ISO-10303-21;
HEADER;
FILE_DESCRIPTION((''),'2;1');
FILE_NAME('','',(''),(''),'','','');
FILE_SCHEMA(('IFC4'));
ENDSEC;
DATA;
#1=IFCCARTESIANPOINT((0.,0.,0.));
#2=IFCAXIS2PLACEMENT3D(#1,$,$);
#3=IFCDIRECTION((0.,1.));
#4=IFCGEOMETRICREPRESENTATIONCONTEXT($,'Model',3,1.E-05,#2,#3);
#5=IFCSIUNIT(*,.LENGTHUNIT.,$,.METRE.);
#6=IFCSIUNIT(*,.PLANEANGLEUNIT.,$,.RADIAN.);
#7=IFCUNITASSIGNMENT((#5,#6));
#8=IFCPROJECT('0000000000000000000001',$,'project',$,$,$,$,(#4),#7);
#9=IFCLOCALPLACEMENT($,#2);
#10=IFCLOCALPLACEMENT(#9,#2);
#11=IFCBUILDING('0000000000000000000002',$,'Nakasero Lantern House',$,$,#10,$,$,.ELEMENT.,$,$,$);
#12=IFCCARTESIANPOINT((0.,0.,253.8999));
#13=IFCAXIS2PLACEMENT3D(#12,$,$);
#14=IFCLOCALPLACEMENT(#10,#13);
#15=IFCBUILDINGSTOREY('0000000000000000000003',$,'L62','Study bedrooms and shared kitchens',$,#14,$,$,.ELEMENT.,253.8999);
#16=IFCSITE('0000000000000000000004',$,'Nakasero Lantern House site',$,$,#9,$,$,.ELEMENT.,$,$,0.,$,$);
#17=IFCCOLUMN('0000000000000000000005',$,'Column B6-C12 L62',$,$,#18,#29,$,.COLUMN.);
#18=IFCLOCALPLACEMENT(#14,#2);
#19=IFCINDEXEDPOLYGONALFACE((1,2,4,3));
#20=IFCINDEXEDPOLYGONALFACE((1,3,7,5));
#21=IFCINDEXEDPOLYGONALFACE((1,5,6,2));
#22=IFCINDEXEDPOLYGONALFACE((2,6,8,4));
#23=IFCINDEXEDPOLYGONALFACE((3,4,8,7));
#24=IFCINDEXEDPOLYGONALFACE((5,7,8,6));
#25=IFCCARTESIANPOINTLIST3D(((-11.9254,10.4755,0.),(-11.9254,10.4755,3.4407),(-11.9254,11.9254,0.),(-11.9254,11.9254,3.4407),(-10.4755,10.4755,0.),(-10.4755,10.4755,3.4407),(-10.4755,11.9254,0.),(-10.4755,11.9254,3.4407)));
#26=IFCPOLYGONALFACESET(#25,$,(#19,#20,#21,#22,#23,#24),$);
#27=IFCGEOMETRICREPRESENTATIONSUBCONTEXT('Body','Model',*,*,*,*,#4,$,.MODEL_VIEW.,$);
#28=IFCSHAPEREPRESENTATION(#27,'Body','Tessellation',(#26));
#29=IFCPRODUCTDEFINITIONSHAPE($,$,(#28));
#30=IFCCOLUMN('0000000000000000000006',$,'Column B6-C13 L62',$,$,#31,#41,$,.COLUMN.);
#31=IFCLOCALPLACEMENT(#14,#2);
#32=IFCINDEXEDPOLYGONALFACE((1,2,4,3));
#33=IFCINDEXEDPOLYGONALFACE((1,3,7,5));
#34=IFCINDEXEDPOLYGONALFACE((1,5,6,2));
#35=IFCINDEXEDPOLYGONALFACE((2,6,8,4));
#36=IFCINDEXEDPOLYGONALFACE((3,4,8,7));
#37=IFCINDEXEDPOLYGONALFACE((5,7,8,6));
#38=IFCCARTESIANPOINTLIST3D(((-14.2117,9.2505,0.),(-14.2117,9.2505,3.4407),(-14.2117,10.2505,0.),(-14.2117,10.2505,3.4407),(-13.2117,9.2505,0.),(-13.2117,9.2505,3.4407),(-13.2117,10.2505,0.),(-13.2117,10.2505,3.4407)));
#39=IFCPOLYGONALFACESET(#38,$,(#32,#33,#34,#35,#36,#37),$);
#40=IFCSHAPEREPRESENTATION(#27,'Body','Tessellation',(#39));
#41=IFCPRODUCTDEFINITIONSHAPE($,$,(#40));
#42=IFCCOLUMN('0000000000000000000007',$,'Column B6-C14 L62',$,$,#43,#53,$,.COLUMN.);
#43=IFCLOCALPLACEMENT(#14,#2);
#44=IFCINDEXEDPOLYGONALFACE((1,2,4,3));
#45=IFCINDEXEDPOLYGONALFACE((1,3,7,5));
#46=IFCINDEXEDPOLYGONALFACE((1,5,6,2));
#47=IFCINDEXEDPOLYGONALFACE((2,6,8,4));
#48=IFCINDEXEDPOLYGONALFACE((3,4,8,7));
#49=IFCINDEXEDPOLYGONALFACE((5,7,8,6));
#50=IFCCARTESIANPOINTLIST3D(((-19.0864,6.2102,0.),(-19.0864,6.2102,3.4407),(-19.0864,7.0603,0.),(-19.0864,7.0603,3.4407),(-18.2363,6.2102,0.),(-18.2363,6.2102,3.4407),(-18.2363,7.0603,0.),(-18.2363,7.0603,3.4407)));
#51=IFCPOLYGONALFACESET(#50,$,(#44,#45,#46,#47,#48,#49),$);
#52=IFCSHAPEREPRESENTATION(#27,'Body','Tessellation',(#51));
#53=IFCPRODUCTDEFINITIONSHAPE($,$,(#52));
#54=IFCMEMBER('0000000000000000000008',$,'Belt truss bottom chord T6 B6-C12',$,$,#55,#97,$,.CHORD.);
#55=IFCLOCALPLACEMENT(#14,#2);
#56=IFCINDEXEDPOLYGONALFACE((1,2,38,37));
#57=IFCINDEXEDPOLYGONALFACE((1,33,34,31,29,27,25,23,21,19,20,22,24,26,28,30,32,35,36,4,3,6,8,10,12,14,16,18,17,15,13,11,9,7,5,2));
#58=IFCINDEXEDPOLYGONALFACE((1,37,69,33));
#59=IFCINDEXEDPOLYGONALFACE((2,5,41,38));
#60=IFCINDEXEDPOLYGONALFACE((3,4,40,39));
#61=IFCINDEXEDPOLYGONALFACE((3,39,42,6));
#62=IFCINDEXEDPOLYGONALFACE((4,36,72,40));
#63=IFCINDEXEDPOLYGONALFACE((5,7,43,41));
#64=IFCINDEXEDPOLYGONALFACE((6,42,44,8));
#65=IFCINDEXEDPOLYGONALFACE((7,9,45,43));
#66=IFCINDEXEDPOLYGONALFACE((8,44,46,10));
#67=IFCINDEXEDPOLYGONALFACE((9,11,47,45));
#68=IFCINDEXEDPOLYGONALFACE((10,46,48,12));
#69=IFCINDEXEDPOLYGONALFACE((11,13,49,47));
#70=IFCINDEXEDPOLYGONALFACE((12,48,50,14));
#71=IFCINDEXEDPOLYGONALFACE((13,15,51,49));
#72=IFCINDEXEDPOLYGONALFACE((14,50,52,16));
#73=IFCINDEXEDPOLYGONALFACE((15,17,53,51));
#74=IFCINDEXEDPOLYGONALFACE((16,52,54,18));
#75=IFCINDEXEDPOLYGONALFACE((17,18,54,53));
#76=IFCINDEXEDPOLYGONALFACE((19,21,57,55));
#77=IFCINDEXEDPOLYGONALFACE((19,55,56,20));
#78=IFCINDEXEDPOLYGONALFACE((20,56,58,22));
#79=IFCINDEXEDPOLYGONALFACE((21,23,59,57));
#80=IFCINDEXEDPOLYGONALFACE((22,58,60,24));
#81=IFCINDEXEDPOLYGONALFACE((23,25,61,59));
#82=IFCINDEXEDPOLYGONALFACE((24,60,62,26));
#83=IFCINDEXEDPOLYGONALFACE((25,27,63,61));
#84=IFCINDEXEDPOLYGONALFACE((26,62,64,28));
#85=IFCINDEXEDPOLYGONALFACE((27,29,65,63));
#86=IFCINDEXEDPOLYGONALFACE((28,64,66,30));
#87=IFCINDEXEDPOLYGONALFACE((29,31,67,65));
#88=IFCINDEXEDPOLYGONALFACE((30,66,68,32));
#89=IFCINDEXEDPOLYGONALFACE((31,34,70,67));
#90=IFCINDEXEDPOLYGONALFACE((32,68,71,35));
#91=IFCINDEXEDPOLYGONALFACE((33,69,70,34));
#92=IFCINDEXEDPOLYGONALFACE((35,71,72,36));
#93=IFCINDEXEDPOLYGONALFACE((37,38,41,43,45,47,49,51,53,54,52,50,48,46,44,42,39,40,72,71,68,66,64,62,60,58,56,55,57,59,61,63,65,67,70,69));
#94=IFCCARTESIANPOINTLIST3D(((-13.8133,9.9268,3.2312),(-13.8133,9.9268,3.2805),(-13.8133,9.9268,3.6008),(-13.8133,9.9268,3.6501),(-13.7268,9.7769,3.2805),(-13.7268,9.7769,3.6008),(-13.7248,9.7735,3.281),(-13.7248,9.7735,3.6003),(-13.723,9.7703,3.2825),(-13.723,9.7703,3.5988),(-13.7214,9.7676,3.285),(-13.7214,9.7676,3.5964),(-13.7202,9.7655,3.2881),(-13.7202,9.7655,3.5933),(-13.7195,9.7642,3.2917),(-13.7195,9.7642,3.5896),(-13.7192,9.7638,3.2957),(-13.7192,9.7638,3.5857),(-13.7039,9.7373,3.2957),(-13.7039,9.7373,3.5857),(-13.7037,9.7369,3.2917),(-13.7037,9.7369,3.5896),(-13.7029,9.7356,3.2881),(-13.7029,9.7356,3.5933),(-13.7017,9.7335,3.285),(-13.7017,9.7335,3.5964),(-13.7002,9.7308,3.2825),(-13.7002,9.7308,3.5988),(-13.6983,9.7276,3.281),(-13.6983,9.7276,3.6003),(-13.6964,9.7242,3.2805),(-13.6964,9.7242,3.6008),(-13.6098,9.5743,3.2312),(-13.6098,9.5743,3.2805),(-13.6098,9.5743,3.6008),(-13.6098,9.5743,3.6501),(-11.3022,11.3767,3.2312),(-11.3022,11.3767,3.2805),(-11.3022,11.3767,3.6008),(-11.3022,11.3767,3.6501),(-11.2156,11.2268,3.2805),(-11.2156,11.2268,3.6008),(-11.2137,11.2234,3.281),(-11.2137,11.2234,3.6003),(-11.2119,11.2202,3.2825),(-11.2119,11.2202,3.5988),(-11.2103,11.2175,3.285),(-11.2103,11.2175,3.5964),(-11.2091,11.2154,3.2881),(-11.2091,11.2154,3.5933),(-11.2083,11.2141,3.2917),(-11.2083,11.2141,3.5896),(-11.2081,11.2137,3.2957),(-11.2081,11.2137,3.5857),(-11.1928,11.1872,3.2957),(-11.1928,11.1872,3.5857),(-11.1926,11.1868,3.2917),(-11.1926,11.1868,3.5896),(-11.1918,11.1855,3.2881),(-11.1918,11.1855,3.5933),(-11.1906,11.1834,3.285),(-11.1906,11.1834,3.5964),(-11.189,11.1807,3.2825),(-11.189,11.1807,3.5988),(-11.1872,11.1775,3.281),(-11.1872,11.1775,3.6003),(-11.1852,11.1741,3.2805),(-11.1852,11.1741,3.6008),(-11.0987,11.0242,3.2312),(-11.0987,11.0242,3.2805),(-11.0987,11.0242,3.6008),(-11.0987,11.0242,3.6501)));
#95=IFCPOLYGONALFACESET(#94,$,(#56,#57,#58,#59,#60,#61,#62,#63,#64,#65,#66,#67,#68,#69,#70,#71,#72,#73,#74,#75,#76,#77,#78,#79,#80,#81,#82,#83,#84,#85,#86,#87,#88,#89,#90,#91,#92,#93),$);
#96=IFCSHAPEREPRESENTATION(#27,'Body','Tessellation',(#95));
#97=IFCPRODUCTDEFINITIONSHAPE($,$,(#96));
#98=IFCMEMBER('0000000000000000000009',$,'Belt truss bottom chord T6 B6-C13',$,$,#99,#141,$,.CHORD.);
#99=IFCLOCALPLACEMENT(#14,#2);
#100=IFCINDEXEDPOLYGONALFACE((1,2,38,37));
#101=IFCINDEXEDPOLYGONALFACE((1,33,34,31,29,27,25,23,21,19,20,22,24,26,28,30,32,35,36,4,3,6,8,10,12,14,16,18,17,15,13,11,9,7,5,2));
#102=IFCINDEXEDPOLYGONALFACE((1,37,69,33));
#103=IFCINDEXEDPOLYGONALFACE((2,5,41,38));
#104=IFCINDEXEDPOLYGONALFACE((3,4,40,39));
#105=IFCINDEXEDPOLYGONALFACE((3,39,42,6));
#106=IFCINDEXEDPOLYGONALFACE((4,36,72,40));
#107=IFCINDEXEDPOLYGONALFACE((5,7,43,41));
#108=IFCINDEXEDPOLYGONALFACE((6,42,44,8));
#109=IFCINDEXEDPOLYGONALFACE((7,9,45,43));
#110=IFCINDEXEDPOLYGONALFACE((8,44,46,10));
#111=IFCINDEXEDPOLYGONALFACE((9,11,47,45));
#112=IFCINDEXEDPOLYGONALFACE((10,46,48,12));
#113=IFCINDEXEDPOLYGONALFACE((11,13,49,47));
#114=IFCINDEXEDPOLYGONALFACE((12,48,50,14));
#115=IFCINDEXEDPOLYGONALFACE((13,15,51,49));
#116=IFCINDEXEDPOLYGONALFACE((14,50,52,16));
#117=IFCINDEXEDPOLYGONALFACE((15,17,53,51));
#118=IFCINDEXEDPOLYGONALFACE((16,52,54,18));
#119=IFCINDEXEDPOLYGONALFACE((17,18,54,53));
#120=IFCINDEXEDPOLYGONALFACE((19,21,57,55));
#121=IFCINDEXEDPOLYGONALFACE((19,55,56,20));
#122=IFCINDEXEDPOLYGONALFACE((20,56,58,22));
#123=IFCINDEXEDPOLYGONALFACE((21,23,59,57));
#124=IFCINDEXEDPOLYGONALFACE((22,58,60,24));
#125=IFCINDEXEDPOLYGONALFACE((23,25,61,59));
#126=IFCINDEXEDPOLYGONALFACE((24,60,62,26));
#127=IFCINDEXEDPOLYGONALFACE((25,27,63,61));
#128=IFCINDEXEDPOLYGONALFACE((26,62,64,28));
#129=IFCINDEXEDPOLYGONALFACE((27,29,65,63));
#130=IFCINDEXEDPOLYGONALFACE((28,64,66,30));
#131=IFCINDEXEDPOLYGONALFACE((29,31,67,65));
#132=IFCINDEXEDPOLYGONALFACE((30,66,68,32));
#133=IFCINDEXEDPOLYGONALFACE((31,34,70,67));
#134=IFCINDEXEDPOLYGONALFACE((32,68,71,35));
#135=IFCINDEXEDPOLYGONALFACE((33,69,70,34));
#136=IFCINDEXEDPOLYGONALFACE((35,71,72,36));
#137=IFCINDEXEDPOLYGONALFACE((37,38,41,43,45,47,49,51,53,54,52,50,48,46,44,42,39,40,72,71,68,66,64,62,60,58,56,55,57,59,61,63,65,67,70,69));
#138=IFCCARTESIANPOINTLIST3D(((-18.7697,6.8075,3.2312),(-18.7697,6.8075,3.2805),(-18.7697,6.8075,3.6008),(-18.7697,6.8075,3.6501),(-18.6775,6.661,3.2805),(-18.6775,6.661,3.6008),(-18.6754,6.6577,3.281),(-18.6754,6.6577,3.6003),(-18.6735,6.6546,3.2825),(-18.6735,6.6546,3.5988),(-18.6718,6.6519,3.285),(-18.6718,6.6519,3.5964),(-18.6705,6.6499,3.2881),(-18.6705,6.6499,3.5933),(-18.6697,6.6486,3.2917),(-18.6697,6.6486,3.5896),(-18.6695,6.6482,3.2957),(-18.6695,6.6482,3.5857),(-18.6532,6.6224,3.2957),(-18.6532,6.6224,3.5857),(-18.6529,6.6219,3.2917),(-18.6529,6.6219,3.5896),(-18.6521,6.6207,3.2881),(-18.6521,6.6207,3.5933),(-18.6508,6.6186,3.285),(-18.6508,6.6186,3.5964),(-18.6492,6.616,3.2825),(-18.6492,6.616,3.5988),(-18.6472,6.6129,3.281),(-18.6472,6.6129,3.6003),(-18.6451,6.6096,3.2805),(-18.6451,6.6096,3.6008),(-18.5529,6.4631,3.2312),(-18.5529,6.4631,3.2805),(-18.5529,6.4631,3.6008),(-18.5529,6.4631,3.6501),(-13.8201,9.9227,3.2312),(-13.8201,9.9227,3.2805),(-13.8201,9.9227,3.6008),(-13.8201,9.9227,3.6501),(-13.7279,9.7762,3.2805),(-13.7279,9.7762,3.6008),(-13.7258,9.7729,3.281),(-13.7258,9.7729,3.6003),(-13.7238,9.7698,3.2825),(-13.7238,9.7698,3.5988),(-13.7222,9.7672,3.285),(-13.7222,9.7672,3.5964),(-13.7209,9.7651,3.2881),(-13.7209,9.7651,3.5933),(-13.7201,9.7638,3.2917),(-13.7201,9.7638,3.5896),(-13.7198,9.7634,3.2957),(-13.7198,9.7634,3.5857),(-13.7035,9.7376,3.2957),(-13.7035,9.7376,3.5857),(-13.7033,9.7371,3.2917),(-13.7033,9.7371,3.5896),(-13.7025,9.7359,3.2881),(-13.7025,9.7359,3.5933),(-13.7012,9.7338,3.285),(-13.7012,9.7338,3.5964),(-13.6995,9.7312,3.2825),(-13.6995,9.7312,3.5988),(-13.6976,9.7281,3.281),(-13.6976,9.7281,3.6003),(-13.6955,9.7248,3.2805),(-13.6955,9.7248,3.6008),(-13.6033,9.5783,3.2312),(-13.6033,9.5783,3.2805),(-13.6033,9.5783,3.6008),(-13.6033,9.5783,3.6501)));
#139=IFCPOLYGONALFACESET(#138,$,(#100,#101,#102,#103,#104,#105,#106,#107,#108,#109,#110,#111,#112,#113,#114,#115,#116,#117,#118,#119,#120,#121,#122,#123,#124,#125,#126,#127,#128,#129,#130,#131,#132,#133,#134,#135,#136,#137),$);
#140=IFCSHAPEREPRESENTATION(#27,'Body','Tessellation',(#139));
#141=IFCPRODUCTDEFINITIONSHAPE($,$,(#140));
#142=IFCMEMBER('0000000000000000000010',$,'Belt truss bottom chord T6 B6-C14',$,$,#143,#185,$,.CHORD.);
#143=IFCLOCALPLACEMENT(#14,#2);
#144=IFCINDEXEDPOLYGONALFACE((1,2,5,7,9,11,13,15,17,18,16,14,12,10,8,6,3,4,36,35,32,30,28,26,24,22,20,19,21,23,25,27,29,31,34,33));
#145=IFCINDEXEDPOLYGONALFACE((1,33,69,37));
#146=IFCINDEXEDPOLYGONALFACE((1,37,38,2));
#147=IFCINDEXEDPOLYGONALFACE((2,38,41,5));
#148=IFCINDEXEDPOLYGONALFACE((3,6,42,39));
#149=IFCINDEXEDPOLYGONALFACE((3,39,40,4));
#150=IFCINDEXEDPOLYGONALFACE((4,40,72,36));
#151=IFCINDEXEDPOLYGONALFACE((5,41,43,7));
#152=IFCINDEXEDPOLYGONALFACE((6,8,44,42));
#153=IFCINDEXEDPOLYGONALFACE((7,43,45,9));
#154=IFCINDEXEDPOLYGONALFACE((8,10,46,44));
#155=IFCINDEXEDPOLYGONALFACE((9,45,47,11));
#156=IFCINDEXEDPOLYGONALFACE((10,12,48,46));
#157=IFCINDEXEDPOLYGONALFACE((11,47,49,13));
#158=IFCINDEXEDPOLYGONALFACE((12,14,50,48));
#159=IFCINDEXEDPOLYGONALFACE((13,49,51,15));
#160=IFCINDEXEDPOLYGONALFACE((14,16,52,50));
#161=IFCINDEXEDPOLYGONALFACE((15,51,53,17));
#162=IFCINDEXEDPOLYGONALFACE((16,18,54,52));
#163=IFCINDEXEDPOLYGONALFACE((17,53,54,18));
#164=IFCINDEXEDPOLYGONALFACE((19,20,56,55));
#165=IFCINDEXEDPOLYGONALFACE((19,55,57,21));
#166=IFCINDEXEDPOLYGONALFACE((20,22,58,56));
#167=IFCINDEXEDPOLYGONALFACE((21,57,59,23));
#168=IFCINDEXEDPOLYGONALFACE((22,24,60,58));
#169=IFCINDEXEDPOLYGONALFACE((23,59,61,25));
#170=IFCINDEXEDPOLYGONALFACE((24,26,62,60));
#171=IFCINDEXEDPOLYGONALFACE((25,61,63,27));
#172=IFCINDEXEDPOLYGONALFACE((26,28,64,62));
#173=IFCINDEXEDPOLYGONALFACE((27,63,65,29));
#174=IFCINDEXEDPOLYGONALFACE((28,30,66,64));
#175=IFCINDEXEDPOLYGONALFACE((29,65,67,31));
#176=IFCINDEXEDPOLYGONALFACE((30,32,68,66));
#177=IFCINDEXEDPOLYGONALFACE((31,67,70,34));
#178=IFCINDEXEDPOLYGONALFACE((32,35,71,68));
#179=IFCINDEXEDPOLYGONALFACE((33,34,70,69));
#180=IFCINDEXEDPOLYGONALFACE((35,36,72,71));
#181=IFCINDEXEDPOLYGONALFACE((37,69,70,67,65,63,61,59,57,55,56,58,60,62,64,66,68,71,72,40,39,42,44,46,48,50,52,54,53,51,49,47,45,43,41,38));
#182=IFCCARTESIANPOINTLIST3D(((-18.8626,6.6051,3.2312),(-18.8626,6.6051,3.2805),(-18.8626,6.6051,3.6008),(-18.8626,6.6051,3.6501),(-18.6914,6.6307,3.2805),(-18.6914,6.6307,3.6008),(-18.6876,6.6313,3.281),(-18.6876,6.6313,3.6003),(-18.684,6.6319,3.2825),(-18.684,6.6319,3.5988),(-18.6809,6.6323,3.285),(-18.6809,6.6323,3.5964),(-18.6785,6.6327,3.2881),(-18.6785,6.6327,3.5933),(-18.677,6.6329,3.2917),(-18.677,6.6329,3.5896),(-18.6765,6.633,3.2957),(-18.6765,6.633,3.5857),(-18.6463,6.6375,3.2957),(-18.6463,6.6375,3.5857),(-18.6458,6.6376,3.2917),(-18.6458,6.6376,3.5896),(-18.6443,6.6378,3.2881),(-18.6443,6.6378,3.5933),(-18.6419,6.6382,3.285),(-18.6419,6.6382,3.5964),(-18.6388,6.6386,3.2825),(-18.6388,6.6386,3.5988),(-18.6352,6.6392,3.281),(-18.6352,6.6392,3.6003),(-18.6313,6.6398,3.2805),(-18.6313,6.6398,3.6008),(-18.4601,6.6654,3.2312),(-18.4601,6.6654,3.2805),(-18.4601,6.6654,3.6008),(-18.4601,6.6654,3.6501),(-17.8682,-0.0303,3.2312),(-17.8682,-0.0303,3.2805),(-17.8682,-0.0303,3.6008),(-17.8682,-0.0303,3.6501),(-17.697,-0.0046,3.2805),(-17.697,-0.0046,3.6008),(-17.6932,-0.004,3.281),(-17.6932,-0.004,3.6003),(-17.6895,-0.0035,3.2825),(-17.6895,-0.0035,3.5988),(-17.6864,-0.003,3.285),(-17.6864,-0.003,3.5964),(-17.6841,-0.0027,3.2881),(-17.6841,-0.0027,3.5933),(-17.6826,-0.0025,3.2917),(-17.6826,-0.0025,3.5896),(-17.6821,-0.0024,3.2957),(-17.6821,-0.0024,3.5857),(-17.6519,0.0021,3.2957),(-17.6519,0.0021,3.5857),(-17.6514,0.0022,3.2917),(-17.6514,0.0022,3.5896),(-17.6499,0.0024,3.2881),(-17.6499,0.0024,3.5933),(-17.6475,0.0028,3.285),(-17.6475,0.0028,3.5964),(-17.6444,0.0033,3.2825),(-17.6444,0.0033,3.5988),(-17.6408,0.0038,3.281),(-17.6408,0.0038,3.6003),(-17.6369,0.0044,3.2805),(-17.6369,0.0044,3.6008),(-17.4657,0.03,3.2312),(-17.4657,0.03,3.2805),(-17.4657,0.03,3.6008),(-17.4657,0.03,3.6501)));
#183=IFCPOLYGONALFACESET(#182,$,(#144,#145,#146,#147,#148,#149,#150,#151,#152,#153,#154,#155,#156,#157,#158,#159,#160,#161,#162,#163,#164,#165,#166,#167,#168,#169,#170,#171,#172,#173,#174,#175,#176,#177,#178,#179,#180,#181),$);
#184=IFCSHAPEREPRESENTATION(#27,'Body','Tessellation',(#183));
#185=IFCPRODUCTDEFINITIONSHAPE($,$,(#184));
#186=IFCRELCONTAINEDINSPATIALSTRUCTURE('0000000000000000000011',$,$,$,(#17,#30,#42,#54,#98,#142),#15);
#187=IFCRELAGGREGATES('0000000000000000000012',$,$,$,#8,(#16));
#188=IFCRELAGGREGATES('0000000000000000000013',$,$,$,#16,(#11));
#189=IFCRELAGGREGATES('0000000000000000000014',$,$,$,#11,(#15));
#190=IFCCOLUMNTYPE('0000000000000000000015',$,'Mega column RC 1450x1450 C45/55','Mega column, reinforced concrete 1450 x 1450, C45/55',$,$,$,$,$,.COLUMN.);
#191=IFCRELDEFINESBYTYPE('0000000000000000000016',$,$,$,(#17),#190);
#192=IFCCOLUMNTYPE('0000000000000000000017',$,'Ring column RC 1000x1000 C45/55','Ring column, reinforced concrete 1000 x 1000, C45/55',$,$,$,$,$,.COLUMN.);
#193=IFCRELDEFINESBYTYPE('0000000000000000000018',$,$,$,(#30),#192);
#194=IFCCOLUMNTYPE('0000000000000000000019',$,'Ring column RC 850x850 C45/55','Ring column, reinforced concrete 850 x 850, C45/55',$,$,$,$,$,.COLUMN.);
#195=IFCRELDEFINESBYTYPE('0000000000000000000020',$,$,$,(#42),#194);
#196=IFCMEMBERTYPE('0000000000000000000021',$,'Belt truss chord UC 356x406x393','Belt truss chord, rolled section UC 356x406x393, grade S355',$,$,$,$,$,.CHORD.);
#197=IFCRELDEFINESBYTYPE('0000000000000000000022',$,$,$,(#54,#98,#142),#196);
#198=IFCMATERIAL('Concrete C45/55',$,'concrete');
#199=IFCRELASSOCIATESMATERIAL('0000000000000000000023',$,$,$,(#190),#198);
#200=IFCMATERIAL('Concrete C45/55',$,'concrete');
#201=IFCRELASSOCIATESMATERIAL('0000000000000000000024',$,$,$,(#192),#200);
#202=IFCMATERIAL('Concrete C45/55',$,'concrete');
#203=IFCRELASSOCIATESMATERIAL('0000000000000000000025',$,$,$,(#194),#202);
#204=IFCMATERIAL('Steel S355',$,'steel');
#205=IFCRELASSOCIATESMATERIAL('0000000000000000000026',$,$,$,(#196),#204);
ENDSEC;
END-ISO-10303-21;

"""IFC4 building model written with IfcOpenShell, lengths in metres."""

from ifc_helpers import new_model, si_unit, direction, frame, origin, origin_2d, place, context, subcontext, project, spatial, rectangle, i_section, extrude, material, material_profile, profile_set, type_object, element, save


model = new_model("IFC4")

# Units and contexts
model_context = context("Model", 3, precision=1e-05, world=origin(), true_north=direction((0.0, 1.0)))
body_context = subcontext(model_context, "Body", "Model", "MODEL_VIEW")
ifc_project = project(units=[si_unit("LENGTHUNIT", "METRE"), si_unit("PLANEANGLEUNIT", "RADIAN")], contexts=[model_context])

# Site, building, storey
site_placement = place(None, origin())
site = spatial("IfcSite", under=ifc_project, at=site_placement, Name="Nakasero Lantern House site", CompositionType="ELEMENT", RefElevation=0.0)
building_placement = place(site_placement, origin())
building = spatial("IfcBuilding", under=site, at=building_placement, Name="Nakasero Lantern House", CompositionType="ELEMENT")
storey_placement = place(building_placement, frame((0.0, 0.0, 253.8999)))
storey = spatial("IfcBuildingStorey", under=building, at=storey_placement, Name="L62", Description="Study bedrooms and shared kitchens", CompositionType="ELEMENT", Elevation=253.8999)

# Columns
ifc_material_1 = material(Name="Concrete C45/55", Category="concrete")
ifc_material_profile_1 = material_profile(ifc_material_1, rectangle(XDim=1.45, YDim=1.45, at=origin_2d()), Name="RC 1450x1450")
ifc_profile_set_1 = profile_set([ifc_material_profile_1], Name="Concrete C45/55")
column_type_1 = type_object("IfcColumnType", Name="Mega column RC 1450x1450 C45/55", Description="Mega column, reinforced concrete 1450 x 1450, C45/55", PredefinedType="COLUMN", material=ifc_profile_set_1)
column_1_placement = place(storey_placement, frame((-11.2004, 11.2004, 0.0), z_axis=(0.0, 0.0, 1.0), x_axis=(1.0, 0.0, 0.0)))
element("IfcColumn", 1, at=column_1_placement, inside=storey, type_object=column_type_1, Name="Column B6-C12 L62", PredefinedType="COLUMN", context=body_context, shape_type="SweptSolid", body=[
    extrude(rectangle(XDim=1.45, YDim=1.45, at=origin_2d()), origin(), (0.0, 0.0, 1.0), 3.4407),
])
ifc_material_2 = material(Name="Concrete C45/55", Category="concrete")
ifc_material_profile_2 = material_profile(ifc_material_2, rectangle(XDim=1.0, YDim=1.0, at=origin_2d()), Name="RC 1000x1000")
ifc_profile_set_2 = profile_set([ifc_material_profile_2], Name="Concrete C45/55")
column_type_2 = type_object("IfcColumnType", Name="Ring column RC 1000x1000 C45/55", Description="Ring column, reinforced concrete 1000 x 1000, C45/55", PredefinedType="COLUMN", material=ifc_profile_set_2)
column_2_placement = place(storey_placement, frame((-13.7117, 9.7505, 0.0), z_axis=(0.0, 0.0, 1.0), x_axis=(1.0, 0.0, 0.0)))
element("IfcColumn", 2, at=column_2_placement, inside=storey, type_object=column_type_2, Name="Column B6-C13 L62", PredefinedType="COLUMN", context=body_context, shape_type="SweptSolid", body=[
    extrude(rectangle(XDim=1.0, YDim=1.0, at=origin_2d()), origin(), (0.0, 0.0, 1.0), 3.4407),
])
ifc_material_3 = material(Name="Concrete C45/55", Category="concrete")
ifc_material_profile_3 = material_profile(ifc_material_3, rectangle(XDim=0.8501, YDim=0.8501, at=origin_2d()), Name="RC 850x850")
ifc_profile_set_3 = profile_set([ifc_material_profile_3], Name="Concrete C45/55")
column_type_3 = type_object("IfcColumnType", Name="Ring column RC 850x850 C45/55", Description="Ring column, reinforced concrete 850 x 850, C45/55", PredefinedType="COLUMN", material=ifc_profile_set_3)
column_3_placement = place(storey_placement, frame((-18.6614, 6.6353, 0.0), z_axis=(0.0, 0.0, 1.0), x_axis=(1.0, 0.0, 0.0)))
element("IfcColumn", 3, at=column_3_placement, inside=storey, type_object=column_type_3, Name="Column B6-C14 L62", PredefinedType="COLUMN", context=body_context, shape_type="SweptSolid", body=[
    extrude(rectangle(XDim=0.8501, YDim=0.8501, at=origin_2d()), origin(), (0.0, 0.0, 1.0), 3.4407),
])

# Members
ifc_material_4 = material(Name="Steel S355", Category="steel")
ifc_material_profile_4 = material_profile(ifc_material_4, i_section(OverallWidth=0.407, OverallDepth=0.4189, WebThickness=0.0305, FlangeThickness=0.0493, FilletRadius=0.0151, at=origin_2d()), Name="UC 356x406x393")
ifc_profile_set_4 = profile_set([ifc_material_profile_4], Name="Steel S355")
member_type = type_object("IfcMemberType", Name="Belt truss chord UC 356x406x393", Description="Belt truss chord, rolled section UC 356x406x393, grade S355", PredefinedType="CHORD", material=ifc_profile_set_4)
member_1_placement = place(storey_placement, frame((-11.2004, 11.2004, 3.4407), z_axis=(-0.866012, -0.500024, 0.0), x_axis=(0.500024, -0.866012, 0.0)))
element("IfcMember", 4, at=member_1_placement, inside=storey, type_object=member_type, Name="Belt truss bottom chord T6 B6-C12", PredefinedType="CHORD", context=body_context, shape_type="SweptSolid", body=[
    extrude(i_section(OverallWidth=0.407, OverallDepth=0.4189, WebThickness=0.0305, FlangeThickness=0.0493, FilletRadius=0.0151, at=origin_2d()), origin(), (0.0, 0.0, 1.0), 2.8997),
])
member_2_placement = place(storey_placement, frame((-13.7117, 9.7505, 3.4407), z_axis=(-0.846329, -0.53266, 0.0), x_axis=(0.53266, -0.846329, 0.0)))
element("IfcMember", 5, at=member_2_placement, inside=storey, type_object=member_type, Name="Belt truss bottom chord T6 B6-C13", PredefinedType="CHORD", context=body_context, shape_type="SweptSolid", body=[
    extrude(i_section(OverallWidth=0.407, OverallDepth=0.4189, WebThickness=0.0305, FlangeThickness=0.0493, FilletRadius=0.0151, at=origin_2d()), origin(), (0.0, 0.0, 1.0), 5.8484),
])
member_3_placement = place(storey_placement, frame((-18.6614, 6.6353, 3.4407), z_axis=(0.148209, -0.988956, 0.0), x_axis=(0.988956, 0.148209, 0.0)))
element("IfcMember", 6, at=member_3_placement, inside=storey, type_object=member_type, Name="Belt truss bottom chord T6 B6-C14", PredefinedType="CHORD", context=body_context, shape_type="SweptSolid", body=[
    extrude(i_section(OverallWidth=0.407, OverallDepth=0.4189, WebThickness=0.0305, FlangeThickness=0.0493, FilletRadius=0.0151, at=origin_2d()), origin(), (0.0, 0.0, 1.0), 6.7095),
])

save(model, "model.ifc")
